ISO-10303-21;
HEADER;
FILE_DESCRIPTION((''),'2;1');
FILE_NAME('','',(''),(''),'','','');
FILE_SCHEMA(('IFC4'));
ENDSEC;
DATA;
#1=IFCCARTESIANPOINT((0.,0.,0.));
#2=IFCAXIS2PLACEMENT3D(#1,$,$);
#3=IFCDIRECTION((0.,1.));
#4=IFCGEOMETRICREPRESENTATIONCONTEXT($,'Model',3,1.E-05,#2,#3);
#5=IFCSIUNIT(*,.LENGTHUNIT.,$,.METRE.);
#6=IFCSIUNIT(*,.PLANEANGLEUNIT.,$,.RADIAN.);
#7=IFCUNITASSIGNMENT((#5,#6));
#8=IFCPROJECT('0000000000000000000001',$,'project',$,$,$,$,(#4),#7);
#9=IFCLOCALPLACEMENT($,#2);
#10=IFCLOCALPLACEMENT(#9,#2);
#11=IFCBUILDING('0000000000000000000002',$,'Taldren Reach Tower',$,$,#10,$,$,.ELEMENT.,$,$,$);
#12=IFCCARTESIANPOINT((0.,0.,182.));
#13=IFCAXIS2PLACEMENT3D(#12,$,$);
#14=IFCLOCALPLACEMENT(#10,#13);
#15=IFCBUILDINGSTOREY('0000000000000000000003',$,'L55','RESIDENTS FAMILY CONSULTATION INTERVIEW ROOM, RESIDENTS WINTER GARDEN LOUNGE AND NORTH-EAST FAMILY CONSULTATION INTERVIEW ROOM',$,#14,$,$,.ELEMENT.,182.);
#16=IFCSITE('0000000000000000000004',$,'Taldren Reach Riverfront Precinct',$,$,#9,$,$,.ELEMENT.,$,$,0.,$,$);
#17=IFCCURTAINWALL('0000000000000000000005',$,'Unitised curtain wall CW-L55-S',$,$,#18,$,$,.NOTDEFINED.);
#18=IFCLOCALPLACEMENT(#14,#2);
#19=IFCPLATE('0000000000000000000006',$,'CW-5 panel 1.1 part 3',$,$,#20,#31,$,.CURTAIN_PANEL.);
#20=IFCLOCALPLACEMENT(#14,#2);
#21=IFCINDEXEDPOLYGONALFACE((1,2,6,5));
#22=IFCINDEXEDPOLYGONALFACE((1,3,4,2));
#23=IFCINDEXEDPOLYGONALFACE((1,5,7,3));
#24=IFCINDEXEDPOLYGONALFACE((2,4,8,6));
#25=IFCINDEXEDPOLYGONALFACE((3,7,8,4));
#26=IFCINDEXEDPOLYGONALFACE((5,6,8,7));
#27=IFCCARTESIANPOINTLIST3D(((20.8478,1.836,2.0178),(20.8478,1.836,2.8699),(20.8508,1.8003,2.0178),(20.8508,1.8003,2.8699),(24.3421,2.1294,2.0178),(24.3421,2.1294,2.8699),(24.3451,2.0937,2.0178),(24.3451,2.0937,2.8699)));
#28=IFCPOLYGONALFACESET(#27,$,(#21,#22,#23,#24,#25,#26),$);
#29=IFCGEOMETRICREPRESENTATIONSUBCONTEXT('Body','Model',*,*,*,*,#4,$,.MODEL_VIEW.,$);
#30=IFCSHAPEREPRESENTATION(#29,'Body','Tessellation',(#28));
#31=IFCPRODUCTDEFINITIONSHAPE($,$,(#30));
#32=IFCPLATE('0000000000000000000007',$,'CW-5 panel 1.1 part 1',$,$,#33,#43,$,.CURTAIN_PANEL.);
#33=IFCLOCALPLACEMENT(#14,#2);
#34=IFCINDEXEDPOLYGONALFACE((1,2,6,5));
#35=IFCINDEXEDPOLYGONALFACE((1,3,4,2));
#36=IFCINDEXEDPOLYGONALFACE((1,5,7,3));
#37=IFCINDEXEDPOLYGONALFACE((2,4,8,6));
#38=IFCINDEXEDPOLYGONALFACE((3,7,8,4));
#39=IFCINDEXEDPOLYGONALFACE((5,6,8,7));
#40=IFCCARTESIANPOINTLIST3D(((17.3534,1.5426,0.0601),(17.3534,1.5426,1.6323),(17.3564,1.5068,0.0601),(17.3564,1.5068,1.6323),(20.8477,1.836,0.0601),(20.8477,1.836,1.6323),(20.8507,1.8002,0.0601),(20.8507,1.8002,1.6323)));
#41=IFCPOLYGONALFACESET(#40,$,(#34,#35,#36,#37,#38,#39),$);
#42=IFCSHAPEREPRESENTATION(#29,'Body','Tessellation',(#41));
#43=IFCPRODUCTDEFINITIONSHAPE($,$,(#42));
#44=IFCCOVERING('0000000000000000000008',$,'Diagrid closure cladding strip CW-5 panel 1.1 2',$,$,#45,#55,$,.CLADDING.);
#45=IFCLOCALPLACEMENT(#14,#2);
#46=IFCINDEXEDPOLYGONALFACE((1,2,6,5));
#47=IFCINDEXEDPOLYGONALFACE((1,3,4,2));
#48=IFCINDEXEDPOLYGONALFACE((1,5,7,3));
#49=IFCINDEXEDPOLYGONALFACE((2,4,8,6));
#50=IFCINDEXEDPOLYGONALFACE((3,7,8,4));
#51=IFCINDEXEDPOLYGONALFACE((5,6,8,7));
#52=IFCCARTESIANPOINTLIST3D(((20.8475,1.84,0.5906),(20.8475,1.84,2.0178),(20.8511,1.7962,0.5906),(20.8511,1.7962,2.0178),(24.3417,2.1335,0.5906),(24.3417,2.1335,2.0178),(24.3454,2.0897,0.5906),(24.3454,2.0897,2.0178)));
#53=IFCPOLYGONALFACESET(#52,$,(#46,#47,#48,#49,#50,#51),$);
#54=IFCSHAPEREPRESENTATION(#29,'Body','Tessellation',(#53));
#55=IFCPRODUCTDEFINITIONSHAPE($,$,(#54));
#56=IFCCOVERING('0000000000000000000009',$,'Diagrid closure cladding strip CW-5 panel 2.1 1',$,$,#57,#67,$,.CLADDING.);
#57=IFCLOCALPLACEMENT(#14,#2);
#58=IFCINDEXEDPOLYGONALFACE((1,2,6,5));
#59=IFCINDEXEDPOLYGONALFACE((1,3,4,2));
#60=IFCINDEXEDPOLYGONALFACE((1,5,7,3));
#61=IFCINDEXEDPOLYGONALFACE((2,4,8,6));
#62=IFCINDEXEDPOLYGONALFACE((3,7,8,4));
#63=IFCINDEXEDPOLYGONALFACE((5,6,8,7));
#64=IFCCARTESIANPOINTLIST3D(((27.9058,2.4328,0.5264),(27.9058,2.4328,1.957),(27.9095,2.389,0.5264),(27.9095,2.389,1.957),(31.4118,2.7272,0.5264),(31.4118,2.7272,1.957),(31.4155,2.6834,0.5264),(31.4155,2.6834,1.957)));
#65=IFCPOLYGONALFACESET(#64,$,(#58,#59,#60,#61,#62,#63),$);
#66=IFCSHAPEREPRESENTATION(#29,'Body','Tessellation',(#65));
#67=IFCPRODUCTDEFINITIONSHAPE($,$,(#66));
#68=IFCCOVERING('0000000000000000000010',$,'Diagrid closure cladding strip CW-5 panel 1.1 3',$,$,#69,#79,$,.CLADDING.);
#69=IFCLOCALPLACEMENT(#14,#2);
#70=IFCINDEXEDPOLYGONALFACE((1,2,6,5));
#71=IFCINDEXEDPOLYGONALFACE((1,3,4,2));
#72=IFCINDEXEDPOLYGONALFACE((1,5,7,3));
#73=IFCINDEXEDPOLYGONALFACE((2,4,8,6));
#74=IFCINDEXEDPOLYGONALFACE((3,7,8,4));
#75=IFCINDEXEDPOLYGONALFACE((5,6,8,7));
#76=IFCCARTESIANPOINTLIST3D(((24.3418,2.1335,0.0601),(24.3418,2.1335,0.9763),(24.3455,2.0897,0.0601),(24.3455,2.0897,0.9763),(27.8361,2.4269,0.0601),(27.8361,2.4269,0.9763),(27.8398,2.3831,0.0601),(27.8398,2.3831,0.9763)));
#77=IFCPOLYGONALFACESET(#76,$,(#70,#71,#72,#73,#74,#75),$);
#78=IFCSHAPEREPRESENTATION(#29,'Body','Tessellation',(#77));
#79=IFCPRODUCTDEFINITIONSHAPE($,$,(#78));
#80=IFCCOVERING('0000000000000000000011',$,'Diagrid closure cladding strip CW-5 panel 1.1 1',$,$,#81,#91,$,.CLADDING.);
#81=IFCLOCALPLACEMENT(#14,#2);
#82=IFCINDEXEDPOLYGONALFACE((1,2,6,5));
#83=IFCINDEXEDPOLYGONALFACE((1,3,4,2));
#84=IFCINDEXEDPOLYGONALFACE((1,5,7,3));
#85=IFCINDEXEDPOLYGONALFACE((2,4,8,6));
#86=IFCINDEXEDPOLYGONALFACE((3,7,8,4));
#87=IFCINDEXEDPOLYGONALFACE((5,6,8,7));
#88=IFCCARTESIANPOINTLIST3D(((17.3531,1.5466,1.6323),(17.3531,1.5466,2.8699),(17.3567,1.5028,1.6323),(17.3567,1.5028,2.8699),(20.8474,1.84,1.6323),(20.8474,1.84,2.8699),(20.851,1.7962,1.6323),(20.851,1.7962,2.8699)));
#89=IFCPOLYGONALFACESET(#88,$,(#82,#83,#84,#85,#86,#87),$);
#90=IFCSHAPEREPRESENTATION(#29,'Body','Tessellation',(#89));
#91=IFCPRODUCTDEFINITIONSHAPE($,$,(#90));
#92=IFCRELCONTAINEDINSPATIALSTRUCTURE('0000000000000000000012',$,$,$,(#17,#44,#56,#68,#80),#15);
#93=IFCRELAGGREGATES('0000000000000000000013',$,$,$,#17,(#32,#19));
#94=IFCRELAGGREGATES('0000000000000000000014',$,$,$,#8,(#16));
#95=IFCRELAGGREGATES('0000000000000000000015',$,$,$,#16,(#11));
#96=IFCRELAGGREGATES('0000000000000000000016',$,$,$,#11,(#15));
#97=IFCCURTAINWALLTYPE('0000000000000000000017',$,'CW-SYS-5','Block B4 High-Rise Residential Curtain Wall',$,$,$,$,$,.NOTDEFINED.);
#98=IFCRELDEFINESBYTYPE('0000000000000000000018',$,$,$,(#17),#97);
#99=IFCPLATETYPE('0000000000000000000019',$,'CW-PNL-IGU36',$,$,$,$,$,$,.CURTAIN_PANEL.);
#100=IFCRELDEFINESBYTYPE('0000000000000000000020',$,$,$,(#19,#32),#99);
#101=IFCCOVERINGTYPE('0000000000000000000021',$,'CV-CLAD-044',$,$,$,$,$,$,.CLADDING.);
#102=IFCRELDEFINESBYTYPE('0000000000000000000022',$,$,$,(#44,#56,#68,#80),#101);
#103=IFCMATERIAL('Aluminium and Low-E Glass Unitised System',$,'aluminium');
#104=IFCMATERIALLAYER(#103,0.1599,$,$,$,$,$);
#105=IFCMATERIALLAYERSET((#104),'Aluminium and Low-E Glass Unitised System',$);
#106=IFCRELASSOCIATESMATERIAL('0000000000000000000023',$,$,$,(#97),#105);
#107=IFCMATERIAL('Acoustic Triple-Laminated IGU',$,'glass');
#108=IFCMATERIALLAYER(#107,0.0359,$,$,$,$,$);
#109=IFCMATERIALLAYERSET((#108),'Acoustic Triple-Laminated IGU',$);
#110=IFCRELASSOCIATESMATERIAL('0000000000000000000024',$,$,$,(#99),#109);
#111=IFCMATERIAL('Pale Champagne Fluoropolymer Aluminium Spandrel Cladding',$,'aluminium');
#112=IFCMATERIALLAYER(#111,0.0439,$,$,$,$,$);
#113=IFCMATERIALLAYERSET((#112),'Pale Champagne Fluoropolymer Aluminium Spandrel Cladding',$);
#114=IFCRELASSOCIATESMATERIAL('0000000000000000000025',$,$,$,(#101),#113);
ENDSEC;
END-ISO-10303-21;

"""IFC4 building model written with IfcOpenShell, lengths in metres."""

from ifc_helpers import new_model, si_unit, direction, frame, origin, origin_2d, place, context, subcontext, project, spatial, rectangle, extrude, source, transform, mapped, material, layer, layer_set, type_object, element, aggregate, save


model = new_model("IFC4")

# Units and contexts
model_context = context("Model", 3, precision=1e-05, world=origin(), true_north=direction((0.0, 1.0)))
body_context = subcontext(model_context, "Body", "Model", "MODEL_VIEW")
ifc_project = project(units=[si_unit("LENGTHUNIT", "METRE"), si_unit("PLANEANGLEUNIT", "RADIAN")], contexts=[model_context])

# Site, building, storey
site_placement = place(None, origin())
site = spatial("IfcSite", under=ifc_project, at=site_placement, Name="Taldren Reach Riverfront Precinct", CompositionType="ELEMENT", RefElevation=0.0)
building_placement = place(site_placement, origin())
building = spatial("IfcBuilding", under=site, at=building_placement, Name="Taldren Reach Tower", CompositionType="ELEMENT")
storey_placement = place(building_placement, frame((0.0, 0.0, 182.0)))
storey = spatial("IfcBuildingStorey", under=building, at=storey_placement, Name="L55", Description="RESIDENTS FAMILY CONSULTATION INTERVIEW ROOM, RESIDENTS WINTER GARDEN LOUNGE AND NORTH-EAST FAMILY CONSULTATION INTERVIEW ROOM", CompositionType="ELEMENT", Elevation=182.0)

# Curtain wall
ifc_material_1 = material(Name="Aluminium and Low-E Glass Unitised System", Category="aluminium")
ifc_layer_1 = layer(ifc_material_1, 0.1599)
ifc_layer_set_1 = layer_set([ifc_layer_1], Name="Aluminium and Low-E Glass Unitised System")
curtain_wall_type = type_object("IfcCurtainWallType", Name="CW-SYS-5", Description="Block B4 High-Rise Residential Curtain Wall", PredefinedType="NOTDEFINED", material=ifc_layer_set_1)
curtain_wall_placement = place(storey_placement, origin())
curtain_wall = element("IfcCurtainWall", 1, at=curtain_wall_placement, inside=storey, type_object=curtain_wall_type, Name="Unitised curtain wall CW-L55-S", PredefinedType="NOTDEFINED")

# Plates
ifc_material_2 = material(Name="Acoustic Triple-Laminated IGU", Category="glass")
ifc_layer_2 = layer(ifc_material_2, 0.0359)
ifc_layer_set_2 = layer_set([ifc_layer_2], Name="Acoustic Triple-Laminated IGU")
plate_type_1 = type_object("IfcPlateType", Name="CW-PNL-IGU36", PredefinedType="CURTAIN_PANEL", material=ifc_layer_set_2)
shared_shape_1 = source(origin(), body_context, "Body", "SweptSolid", [
    extrude(rectangle(XDim=3.5066, YDim=0.0359, at=origin_2d()), origin(), (0.0, 0.0, 1.0), 0.8521),
])
plate_1_placement = place(storey_placement, frame((22.5964, 1.9648, 2.0178), z_axis=(0.0, 0.0, 1.0), x_axis=(0.996493, 0.083678, 0.0)))
plate_1 = element("IfcPlate", 2, at=plate_1_placement, type_object=plate_type_1, Name="CW-5 panel 1.1 part 3", PredefinedType="CURTAIN_PANEL", context=body_context, shape_type="MappedRepresentation", body=[
    mapped(shared_shape_1, transform((0.0, 0.0, 0.0), scale=1.0)),
])
shared_shape_2 = source(origin(), body_context, "Body", "SweptSolid", [
    extrude(rectangle(XDim=3.5066, YDim=0.0359, at=origin_2d()), origin(), (0.0, 0.0, 1.0), 1.5723),
])
plate_2_placement = place(storey_placement, frame((19.1021, 1.6714, 0.0601), z_axis=(0.0, 0.0, 1.0), x_axis=(0.996493, 0.083678, 0.0)))
plate_2 = element("IfcPlate", 3, at=plate_2_placement, type_object=plate_type_1, Name="CW-5 panel 1.1 part 1", PredefinedType="CURTAIN_PANEL", context=body_context, shape_type="MappedRepresentation", body=[
    mapped(shared_shape_2, transform((0.0, 0.0, 0.0), scale=1.0)),
])
aggregate(curtain_wall, [plate_2, plate_1])

# Coverings
ifc_material_3 = material(Name="Pale Champagne Fluoropolymer Aluminium Spandrel Cladding", Category="aluminium")
ifc_layer_3 = layer(ifc_material_3, 0.0439)
ifc_layer_set_3 = layer_set([ifc_layer_3], Name="Pale Champagne Fluoropolymer Aluminium Spandrel Cladding")
covering_type = type_object("IfcCoveringType", Name="CV-CLAD-044", PredefinedType="CLADDING", material=ifc_layer_set_3)
shared_shape_3 = source(origin(), body_context, "Body", "SweptSolid", [
    extrude(rectangle(XDim=3.5066, YDim=0.0439, at=origin_2d()), origin(), (0.0, 0.0, 1.0), 1.4272),
])
covering_1_placement = place(storey_placement, frame((22.5964, 1.9648, 0.5906), z_axis=(0.0, 0.0, 1.0), x_axis=(0.996493, 0.083678, 0.0)))
element("IfcCovering", 4, at=covering_1_placement, inside=storey, type_object=covering_type, Name="Diagrid closure cladding strip CW-5 panel 1.1 2", PredefinedType="CLADDING", context=body_context, shape_type="MappedRepresentation", body=[
    mapped(shared_shape_3, transform((0.0, 0.0, 0.0), scale=1.0)),
])
shared_shape_4 = source(origin(), body_context, "Body", "SweptSolid", [
    extrude(rectangle(XDim=3.5183, YDim=0.0439, at=origin_2d()), origin(), (0.0, 0.0, 1.0), 1.4307),
])
covering_2_placement = place(storey_placement, frame((29.6606, 2.5581, 0.5264), z_axis=(0.0, 0.0, 1.0), x_axis=(0.996493, 0.083678, 0.0)))
element("IfcCovering", 5, at=covering_2_placement, inside=storey, type_object=covering_type, Name="Diagrid closure cladding strip CW-5 panel 2.1 1", PredefinedType="CLADDING", context=body_context, shape_type="MappedRepresentation", body=[
    mapped(shared_shape_4, transform((0.0, 0.0, 0.0), scale=1.0)),
])
shared_shape_5 = source(origin(), body_context, "Body", "SweptSolid", [
    extrude(rectangle(XDim=3.5066, YDim=0.0439, at=origin_2d()), origin(), (0.0, 0.0, 1.0), 0.9163),
])
covering_3_placement = place(storey_placement, frame((26.0908, 2.2583, 0.0601), z_axis=(0.0, 0.0, 1.0), x_axis=(0.996493, 0.083678, 0.0)))
element("IfcCovering", 6, at=covering_3_placement, inside=storey, type_object=covering_type, Name="Diagrid closure cladding strip CW-5 panel 1.1 3", PredefinedType="CLADDING", context=body_context, shape_type="MappedRepresentation", body=[
    mapped(shared_shape_5, transform((0.0, 0.0, 0.0), scale=1.0)),
])
shared_shape_6 = source(origin(), body_context, "Body", "SweptSolid", [
    extrude(rectangle(XDim=3.5066, YDim=0.0439, at=origin_2d()), origin(), (0.0, 0.0, 1.0), 1.2375),
])
covering_4_placement = place(storey_placement, frame((19.1021, 1.6714, 1.6323), z_axis=(0.0, 0.0, 1.0), x_axis=(0.996493, 0.083678, 0.0)))
element("IfcCovering", 7, at=covering_4_placement, inside=storey, type_object=covering_type, Name="Diagrid closure cladding strip CW-5 panel 1.1 1", PredefinedType="CLADDING", context=body_context, shape_type="MappedRepresentation", body=[
    mapped(shared_shape_6, transform((0.0, 0.0, 0.0), scale=1.0)),
])

save(model, "model.ifc")
